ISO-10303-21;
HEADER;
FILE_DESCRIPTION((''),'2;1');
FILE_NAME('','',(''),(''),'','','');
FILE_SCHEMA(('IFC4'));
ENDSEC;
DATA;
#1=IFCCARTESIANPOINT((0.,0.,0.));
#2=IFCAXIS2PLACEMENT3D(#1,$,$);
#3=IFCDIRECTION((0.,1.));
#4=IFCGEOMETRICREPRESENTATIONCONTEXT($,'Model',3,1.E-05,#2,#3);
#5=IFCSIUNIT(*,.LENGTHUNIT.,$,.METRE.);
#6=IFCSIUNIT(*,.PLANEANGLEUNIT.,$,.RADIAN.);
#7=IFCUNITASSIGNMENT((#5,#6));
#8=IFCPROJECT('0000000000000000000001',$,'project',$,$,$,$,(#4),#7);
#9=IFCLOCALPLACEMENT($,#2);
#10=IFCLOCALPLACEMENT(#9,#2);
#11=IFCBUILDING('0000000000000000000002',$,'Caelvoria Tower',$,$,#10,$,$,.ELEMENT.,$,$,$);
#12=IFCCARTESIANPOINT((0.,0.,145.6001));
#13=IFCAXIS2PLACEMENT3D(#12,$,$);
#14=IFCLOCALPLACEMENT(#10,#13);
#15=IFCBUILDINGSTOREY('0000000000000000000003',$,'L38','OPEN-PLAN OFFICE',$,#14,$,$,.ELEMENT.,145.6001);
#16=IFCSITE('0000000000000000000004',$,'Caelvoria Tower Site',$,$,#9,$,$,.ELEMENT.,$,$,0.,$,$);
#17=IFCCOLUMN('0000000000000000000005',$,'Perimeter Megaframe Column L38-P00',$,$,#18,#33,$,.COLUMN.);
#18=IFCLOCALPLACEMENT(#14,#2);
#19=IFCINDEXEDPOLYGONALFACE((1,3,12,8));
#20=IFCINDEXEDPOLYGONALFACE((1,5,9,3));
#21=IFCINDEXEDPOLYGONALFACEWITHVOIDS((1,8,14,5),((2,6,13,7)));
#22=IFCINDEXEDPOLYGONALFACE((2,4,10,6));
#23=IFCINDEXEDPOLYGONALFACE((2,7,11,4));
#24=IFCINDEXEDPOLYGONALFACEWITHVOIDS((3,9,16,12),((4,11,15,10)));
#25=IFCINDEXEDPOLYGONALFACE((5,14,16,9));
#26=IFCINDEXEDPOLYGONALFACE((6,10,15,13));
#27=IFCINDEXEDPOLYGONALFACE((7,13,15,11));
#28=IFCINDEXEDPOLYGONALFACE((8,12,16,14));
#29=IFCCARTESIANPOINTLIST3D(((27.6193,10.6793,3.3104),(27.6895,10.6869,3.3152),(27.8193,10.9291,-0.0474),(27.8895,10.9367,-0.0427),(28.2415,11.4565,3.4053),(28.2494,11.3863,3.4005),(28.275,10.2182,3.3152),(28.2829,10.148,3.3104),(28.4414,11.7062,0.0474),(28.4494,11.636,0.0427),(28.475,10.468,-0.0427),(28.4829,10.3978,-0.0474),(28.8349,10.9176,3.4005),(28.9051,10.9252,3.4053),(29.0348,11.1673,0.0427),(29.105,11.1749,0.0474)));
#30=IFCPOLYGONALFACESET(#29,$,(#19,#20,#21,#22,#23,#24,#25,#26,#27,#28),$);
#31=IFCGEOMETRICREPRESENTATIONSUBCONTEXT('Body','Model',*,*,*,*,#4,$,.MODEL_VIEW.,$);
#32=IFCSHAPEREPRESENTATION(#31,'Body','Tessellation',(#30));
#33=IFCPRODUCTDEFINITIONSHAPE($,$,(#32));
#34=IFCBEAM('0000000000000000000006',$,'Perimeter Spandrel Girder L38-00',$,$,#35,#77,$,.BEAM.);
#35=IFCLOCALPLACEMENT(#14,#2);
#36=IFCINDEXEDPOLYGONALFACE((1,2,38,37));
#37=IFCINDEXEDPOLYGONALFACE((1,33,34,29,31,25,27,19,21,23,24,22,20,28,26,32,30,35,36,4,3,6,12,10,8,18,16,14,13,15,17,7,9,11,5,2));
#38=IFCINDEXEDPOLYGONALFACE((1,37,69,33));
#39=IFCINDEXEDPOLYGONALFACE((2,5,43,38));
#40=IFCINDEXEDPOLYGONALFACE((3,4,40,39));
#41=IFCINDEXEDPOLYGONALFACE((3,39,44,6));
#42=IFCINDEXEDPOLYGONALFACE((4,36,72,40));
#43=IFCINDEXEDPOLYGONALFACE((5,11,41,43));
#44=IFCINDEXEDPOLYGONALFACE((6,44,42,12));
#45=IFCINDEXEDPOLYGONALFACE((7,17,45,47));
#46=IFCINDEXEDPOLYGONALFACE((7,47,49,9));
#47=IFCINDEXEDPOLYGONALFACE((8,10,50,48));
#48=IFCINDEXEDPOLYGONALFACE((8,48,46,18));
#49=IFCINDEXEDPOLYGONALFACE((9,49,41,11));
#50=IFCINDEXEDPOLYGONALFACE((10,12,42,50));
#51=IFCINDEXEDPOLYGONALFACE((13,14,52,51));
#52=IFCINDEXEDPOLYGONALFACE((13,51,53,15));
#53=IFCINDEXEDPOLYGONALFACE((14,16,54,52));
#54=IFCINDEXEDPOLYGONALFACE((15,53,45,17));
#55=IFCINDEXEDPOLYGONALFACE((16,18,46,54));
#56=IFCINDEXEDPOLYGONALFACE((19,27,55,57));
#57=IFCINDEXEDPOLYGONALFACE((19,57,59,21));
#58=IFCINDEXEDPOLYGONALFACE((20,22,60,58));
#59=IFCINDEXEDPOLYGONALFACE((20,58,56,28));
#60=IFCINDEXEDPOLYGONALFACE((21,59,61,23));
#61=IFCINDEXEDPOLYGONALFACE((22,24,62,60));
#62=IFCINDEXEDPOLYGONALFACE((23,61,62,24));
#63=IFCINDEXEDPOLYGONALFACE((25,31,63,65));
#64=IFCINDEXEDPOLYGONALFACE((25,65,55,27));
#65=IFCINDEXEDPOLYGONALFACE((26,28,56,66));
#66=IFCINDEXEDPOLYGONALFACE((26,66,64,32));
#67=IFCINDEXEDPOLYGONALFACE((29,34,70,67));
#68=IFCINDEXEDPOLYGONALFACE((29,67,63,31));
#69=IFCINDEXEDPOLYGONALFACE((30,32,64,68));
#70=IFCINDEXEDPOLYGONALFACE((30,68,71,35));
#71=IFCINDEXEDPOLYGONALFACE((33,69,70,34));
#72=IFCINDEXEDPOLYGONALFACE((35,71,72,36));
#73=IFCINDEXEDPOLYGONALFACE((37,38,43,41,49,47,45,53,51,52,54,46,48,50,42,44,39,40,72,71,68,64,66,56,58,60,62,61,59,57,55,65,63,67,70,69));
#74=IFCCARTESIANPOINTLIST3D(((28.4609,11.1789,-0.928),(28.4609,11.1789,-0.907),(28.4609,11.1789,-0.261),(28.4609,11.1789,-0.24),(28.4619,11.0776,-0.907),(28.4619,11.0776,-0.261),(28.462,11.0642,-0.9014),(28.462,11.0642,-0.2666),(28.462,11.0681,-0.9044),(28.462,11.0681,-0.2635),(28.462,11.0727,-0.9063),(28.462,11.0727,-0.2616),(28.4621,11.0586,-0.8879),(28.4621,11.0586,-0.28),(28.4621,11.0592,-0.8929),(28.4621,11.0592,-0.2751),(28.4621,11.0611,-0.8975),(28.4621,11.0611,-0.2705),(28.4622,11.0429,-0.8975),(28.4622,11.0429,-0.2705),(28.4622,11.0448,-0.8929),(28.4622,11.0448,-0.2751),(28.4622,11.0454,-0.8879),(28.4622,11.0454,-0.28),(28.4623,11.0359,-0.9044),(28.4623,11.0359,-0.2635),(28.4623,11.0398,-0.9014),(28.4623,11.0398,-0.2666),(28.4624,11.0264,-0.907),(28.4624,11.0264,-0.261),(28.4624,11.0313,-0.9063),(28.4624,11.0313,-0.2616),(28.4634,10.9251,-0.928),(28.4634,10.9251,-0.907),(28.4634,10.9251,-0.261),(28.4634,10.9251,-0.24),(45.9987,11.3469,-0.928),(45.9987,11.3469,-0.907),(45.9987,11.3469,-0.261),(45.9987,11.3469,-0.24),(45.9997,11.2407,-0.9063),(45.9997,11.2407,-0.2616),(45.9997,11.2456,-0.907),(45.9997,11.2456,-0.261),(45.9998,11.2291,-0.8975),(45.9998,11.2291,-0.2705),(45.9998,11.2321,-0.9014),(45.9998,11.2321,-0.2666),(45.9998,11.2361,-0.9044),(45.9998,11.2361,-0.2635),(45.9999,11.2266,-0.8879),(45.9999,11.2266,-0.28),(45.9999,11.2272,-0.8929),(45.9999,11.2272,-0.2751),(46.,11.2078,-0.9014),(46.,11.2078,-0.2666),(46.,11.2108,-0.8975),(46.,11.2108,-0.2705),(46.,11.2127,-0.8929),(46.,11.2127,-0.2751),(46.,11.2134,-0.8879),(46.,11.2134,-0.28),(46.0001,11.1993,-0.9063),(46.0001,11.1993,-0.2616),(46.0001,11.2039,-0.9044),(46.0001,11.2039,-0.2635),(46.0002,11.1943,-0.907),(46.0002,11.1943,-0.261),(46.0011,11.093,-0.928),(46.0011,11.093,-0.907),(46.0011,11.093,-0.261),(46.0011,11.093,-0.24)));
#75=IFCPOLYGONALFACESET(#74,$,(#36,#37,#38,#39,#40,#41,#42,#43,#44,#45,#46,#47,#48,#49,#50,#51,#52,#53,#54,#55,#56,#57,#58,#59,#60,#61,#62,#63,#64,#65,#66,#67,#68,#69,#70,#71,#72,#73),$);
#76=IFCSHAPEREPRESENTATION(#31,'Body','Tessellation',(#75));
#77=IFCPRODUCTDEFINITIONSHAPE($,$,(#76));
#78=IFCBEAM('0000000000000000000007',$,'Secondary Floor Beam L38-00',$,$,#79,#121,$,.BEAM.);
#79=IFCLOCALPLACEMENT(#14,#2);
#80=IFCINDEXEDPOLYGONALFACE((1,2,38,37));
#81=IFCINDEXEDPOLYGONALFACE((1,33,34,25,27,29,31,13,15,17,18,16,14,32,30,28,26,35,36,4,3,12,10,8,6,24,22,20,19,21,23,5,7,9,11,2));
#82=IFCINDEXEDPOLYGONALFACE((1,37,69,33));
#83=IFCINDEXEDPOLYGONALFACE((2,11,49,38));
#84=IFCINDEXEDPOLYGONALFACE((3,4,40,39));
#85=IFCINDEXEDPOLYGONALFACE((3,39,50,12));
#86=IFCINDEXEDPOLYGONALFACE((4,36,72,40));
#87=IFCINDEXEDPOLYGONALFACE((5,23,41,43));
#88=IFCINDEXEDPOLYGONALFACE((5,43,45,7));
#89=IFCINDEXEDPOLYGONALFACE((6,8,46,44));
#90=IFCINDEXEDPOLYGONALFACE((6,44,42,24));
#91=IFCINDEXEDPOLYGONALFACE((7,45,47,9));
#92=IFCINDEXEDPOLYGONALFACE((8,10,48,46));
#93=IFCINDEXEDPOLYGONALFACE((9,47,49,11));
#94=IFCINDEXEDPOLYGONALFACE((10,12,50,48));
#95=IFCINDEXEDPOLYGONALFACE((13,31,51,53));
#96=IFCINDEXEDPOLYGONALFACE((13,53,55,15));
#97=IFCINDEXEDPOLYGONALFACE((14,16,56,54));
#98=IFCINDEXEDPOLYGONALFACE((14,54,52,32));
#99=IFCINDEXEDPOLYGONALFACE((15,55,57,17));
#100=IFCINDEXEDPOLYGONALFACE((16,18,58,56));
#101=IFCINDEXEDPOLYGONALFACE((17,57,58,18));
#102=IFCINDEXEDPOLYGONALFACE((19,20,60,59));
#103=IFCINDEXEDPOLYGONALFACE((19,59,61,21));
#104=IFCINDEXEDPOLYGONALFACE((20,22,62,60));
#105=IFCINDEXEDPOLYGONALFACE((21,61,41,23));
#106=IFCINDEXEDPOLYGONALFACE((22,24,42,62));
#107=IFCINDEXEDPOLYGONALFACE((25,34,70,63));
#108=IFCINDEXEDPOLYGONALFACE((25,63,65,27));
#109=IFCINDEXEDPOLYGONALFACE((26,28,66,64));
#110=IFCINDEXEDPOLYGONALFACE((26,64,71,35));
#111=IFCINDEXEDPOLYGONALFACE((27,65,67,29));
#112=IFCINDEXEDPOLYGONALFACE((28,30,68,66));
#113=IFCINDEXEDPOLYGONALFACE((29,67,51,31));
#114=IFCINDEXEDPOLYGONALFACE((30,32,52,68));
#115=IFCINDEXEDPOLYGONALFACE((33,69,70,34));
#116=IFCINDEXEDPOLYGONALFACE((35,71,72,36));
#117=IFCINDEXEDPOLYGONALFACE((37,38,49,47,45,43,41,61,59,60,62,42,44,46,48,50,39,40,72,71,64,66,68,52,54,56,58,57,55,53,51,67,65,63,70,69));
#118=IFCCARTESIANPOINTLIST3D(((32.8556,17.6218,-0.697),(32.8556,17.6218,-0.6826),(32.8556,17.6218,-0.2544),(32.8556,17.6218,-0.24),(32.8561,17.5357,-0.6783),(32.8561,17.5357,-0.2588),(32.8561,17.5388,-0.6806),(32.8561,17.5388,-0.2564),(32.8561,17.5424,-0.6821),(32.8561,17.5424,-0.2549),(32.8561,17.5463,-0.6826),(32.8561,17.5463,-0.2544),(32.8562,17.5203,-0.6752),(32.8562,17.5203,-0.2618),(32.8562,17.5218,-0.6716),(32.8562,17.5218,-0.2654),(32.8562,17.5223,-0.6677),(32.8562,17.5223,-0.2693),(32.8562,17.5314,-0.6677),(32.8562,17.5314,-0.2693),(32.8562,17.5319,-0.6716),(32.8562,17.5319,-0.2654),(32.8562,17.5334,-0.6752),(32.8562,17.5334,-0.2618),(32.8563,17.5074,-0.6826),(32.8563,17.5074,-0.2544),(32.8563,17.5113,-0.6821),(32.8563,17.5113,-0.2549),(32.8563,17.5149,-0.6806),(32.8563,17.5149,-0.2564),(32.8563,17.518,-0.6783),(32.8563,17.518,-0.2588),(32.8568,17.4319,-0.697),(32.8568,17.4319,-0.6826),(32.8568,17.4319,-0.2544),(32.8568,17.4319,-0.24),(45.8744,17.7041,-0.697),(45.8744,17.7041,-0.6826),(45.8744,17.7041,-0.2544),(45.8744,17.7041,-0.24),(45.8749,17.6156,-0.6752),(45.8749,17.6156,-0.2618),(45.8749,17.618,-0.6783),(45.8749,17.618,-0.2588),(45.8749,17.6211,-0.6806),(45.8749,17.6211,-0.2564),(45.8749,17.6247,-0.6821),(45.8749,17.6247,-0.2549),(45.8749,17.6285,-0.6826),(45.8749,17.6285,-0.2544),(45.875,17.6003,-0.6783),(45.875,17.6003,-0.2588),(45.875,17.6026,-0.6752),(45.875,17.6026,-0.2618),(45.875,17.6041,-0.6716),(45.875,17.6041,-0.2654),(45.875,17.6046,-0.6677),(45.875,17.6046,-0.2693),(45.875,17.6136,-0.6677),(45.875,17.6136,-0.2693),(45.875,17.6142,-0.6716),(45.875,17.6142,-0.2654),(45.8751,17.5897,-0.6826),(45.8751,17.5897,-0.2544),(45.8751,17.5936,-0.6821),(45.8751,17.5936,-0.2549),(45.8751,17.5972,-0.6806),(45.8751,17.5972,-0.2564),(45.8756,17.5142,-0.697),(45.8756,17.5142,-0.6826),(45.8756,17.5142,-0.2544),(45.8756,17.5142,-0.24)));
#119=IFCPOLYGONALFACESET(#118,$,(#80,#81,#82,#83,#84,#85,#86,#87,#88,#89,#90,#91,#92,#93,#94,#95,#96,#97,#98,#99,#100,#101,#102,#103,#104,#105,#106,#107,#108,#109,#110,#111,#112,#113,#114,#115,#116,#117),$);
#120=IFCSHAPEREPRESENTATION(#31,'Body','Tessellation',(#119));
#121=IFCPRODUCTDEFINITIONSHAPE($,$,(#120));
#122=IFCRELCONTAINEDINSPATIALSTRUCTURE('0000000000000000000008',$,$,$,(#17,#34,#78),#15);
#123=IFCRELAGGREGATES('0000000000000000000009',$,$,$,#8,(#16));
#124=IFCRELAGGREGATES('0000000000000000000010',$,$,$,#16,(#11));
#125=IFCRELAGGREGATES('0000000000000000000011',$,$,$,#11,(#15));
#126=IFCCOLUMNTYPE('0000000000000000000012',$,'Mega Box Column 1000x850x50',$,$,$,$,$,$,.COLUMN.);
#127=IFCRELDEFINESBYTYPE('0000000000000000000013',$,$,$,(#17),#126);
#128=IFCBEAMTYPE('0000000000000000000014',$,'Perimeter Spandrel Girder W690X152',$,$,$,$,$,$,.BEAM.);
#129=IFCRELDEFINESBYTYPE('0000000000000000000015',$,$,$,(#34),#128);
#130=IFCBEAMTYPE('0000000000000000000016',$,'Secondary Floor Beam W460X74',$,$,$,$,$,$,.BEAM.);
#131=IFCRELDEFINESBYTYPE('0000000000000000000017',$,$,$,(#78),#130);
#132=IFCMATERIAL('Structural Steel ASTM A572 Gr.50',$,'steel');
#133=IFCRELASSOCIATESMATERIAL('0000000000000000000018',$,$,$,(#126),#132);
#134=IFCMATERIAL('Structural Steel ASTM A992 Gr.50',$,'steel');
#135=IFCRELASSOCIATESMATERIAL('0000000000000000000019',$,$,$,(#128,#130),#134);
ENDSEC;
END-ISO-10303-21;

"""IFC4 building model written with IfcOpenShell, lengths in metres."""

from ifc_helpers import new_model, si_unit, direction, frame, origin, origin_2d, place, context, subcontext, project, spatial, hollow_rectangle, i_section, extrude, material, material_profile, profile_set, type_object, element, save


model = new_model("IFC4")

# Units and contexts
model_context = context("Model", 3, precision=1e-05, world=origin(), true_north=direction((0.0, 1.0)))
body_context = subcontext(model_context, "Body", "Model", "MODEL_VIEW")
ifc_project = project(units=[si_unit("LENGTHUNIT", "METRE"), si_unit("PLANEANGLEUNIT", "RADIAN")], contexts=[model_context])

# Site, building, storey
site_placement = place(None, origin())
site = spatial("IfcSite", under=ifc_project, at=site_placement, Name="Caelvoria Tower Site", CompositionType="ELEMENT", RefElevation=0.0)
building_placement = place(site_placement, origin())
building = spatial("IfcBuilding", under=site, at=building_placement, Name="Caelvoria Tower", CompositionType="ELEMENT")
storey_placement = place(building_placement, frame((0.0, 0.0, 145.6001)))
storey = spatial("IfcBuildingStorey", under=building, at=storey_placement, Name="L38", Description="OPEN-PLAN OFFICE", CompositionType="ELEMENT", Elevation=145.6001)

# Column
ifc_material_1 = material(Name="Structural Steel ASTM A572 Gr.50", Category="steel")
ifc_material_profile_1 = material_profile(ifc_material_1, hollow_rectangle(XDim=0.8501, YDim=1.0, WallThickness=0.05, at=origin_2d()), Name="Structural Steel ASTM A572 Gr.50")
ifc_profile_set_1 = profile_set([ifc_material_profile_1], Name="BOX1000X850X50 - Structural Steel ASTM A572 Gr.50")
column_type = type_object("IfcColumnType", Name="Mega Box Column 1000x850x50", PredefinedType="COLUMN", material=ifc_profile_set_1)
column_placement = place(storey_placement, frame((28.4622, 11.052, 0.0), z_axis=(-0.059278, -0.074043, 0.995492), x_axis=(0.780645, -0.624974, 0.0)))
element("IfcColumn", 1, at=column_placement, inside=storey, type_object=column_type, Name="Perimeter Megaframe Column L38-P00", PredefinedType="COLUMN", context=body_context, shape_type="SweptSolid", body=[
    extrude(hollow_rectangle(XDim=0.8501, YDim=1.0, WallThickness=0.05, at=origin_2d()), origin(), (0.0, 0.0, 1.0), 3.373),
])

# Beams
ifc_material_2 = material(Name="Structural Steel ASTM A992 Gr.50", Category="steel")
ifc_material_profile_2 = material_profile(ifc_material_2, i_section(OverallWidth=0.2539, OverallDepth=0.688, WebThickness=0.0132, FlangeThickness=0.021, FilletRadius=0.019, at=origin_2d()), Name="Structural Steel ASTM A992 Gr.50")
ifc_profile_set_2 = profile_set([ifc_material_profile_2], Name="W690X152 - Structural Steel ASTM A992 Gr.50")
beam_type_1 = type_object("IfcBeamType", Name="Perimeter Spandrel Girder W690X152", PredefinedType="BEAM", material=ifc_profile_set_2)
beam_1_placement = place(storey_placement, frame((28.4622, 11.052, -0.584), z_axis=(0.999954, 0.009577, 0.0), x_axis=(-0.009577, 0.999954, 0.0)))
element("IfcBeam", 2, at=beam_1_placement, inside=storey, type_object=beam_type_1, Name="Perimeter Spandrel Girder L38-00", PredefinedType="BEAM", context=body_context, shape_type="SweptSolid", body=[
    extrude(i_section(OverallWidth=0.2539, OverallDepth=0.688, WebThickness=0.0132, FlangeThickness=0.021, FilletRadius=0.019, at=origin_2d()), origin(), (0.0, 0.0, 1.0), 17.5386),
])
ifc_material_profile_3 = material_profile(ifc_material_2, i_section(OverallWidth=0.1899, OverallDepth=0.457, WebThickness=0.009, FlangeThickness=0.0144, FilletRadius=0.0149, at=origin_2d()), Name="Structural Steel ASTM A992 Gr.50")
ifc_profile_set_3 = profile_set([ifc_material_profile_3], Name="W460X74 - Structural Steel ASTM A992 Gr.50")
beam_type_2 = type_object("IfcBeamType", Name="Secondary Floor Beam W460X74", PredefinedType="BEAM", material=ifc_profile_set_3)
beam_2_placement = place(storey_placement, frame((32.8562, 17.5269, -0.4685), z_axis=(0.99998, 0.00632, 0.0), x_axis=(-0.00632, 0.99998, 0.0)))
element("IfcBeam", 3, at=beam_2_placement, inside=storey, type_object=beam_type_2, Name="Secondary Floor Beam L38-00", PredefinedType="BEAM", context=body_context, shape_type="SweptSolid", body=[
    extrude(i_section(OverallWidth=0.1899, OverallDepth=0.457, WebThickness=0.009, FlangeThickness=0.0144, FilletRadius=0.0149, at=origin_2d()), origin(), (0.0, 0.0, 1.0), 13.019),
])

save(model, "model.ifc")
